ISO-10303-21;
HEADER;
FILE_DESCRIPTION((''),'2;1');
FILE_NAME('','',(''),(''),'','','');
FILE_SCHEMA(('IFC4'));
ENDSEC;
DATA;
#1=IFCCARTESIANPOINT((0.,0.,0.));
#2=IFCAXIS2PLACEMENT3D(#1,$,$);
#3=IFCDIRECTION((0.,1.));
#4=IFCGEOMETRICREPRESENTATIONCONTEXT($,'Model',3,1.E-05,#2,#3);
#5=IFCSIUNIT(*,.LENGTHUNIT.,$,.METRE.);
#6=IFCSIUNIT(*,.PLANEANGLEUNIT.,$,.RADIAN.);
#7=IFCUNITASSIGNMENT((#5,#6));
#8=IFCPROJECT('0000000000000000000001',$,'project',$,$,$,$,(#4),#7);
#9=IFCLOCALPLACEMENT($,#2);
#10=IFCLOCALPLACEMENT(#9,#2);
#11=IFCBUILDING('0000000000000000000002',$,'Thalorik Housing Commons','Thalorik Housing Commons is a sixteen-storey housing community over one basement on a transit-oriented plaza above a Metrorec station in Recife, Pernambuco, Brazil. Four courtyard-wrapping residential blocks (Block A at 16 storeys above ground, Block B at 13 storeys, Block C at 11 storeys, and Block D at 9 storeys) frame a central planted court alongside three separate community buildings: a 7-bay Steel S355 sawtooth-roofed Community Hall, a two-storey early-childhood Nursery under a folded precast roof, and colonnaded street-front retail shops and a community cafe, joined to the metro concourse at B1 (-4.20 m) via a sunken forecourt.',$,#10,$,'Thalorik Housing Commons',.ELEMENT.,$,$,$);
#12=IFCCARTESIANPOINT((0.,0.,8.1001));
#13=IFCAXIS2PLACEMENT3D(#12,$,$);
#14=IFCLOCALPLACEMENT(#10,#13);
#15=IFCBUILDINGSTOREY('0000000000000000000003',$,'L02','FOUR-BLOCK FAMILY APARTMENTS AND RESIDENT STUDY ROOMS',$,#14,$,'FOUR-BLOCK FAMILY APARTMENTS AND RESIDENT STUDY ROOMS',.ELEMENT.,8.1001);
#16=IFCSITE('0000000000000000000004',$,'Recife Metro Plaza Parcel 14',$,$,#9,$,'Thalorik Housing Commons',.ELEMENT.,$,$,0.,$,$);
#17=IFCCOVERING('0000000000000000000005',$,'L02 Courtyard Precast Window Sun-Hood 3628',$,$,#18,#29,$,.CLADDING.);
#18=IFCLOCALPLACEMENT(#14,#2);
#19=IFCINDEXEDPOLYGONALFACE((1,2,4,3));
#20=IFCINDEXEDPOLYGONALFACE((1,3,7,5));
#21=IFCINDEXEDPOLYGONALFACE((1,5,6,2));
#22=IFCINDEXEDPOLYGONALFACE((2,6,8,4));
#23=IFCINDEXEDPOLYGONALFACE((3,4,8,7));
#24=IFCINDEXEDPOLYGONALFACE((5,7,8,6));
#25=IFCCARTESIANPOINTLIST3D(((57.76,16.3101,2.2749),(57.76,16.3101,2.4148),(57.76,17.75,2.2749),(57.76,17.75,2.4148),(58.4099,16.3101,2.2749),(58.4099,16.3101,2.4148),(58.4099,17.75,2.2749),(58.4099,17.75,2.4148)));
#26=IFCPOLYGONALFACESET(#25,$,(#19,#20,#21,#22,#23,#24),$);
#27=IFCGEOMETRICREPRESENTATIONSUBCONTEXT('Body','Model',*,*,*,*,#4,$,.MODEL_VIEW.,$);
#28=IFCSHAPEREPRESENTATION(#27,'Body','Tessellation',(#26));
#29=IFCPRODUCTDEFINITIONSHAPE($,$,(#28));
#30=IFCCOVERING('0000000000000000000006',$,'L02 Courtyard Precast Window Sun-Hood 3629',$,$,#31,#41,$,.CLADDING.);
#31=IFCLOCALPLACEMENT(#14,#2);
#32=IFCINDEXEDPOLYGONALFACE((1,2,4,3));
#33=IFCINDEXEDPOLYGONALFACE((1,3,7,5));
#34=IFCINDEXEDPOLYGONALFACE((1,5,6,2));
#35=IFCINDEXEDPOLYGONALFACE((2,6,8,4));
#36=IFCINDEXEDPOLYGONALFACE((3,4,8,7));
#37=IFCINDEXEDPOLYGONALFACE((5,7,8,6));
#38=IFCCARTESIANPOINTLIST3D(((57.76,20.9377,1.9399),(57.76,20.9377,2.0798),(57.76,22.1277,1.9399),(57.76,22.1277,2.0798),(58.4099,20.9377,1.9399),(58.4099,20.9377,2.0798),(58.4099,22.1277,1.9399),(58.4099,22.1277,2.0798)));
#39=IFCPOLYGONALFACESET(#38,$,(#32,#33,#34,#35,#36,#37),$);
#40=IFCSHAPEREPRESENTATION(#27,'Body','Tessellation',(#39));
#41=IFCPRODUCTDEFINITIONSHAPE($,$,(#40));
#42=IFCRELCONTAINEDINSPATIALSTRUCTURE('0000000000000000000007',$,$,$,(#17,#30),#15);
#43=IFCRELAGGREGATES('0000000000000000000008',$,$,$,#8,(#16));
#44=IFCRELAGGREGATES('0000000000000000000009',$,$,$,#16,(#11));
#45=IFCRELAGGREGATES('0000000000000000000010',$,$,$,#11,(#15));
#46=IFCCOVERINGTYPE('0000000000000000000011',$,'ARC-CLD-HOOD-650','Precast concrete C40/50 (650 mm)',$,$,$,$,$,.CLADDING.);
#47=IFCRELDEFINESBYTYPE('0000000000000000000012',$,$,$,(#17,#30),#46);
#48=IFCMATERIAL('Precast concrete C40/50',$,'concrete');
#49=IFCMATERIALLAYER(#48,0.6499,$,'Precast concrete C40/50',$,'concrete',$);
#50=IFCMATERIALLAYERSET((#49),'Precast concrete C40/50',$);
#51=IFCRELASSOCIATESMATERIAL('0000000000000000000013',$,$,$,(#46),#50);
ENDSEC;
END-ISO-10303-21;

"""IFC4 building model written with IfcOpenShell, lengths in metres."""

from ifc_helpers import new_model, si_unit, direction, frame, origin, origin_2d, place, context, subcontext, project, spatial, rectangle, extrude, material, layer, layer_set, type_object, element, save


model = new_model("IFC4")

# Units and contexts
model_context = context("Model", 3, precision=1e-05, world=origin(), true_north=direction((0.0, 1.0)))
body_context = subcontext(model_context, "Body", "Model", "MODEL_VIEW")
ifc_project = project(units=[si_unit("LENGTHUNIT", "METRE"), si_unit("PLANEANGLEUNIT", "RADIAN")], contexts=[model_context])

# Site, building, storey
site_placement = place(None, origin())
site = spatial("IfcSite", under=ifc_project, at=site_placement, Name="Recife Metro Plaza Parcel 14", LongName="Thalorik Housing Commons", CompositionType="ELEMENT", RefElevation=0.0)
building_placement = place(site_placement, origin())
building = spatial("IfcBuilding", under=site, at=building_placement, Name="Thalorik Housing Commons", Description="Thalorik Housing Commons is a sixteen-storey housing community over one basement on a transit-oriented plaza above a Metrorec station in Recife, Pernambuco, Brazil. Four courtyard-wrapping residential blocks (Block A at 16 storeys above ground, Block B at 13 storeys, Block C at 11 storeys, and Block D at 9 storeys) frame a central planted court alongside three separate community buildings: a 7-bay Steel S355 sawtooth-roofed Community Hall, a two-storey early-childhood Nursery under a folded precast roof, and colonnaded street-front retail shops and a community cafe, joined to the metro concourse at B1 (-4.20 m) via a sunken forecourt.", LongName="Thalorik Housing Commons", CompositionType="ELEMENT")
storey_placement = place(building_placement, frame((0.0, 0.0, 8.1001)))
storey = spatial("IfcBuildingStorey", under=building, at=storey_placement, Name="L02", Description="FOUR-BLOCK FAMILY APARTMENTS AND RESIDENT STUDY ROOMS", LongName="FOUR-BLOCK FAMILY APARTMENTS AND RESIDENT STUDY ROOMS", CompositionType="ELEMENT", Elevation=8.1001)

# Shared definitions
ifc_material_1 = material(Name="Precast concrete C40/50", Category="concrete")

# Coverings
ifc_layer_1 = layer(ifc_material_1, 0.6499, Name="Precast concrete C40/50", Category="concrete")
ifc_layer_set_1 = layer_set([ifc_layer_1], Name="Precast concrete C40/50")
covering_type_1 = type_object("IfcCoveringType", Name="ARC-CLD-HOOD-650", Description="Precast concrete C40/50 (650 mm)", PredefinedType="CLADDING", material=ifc_layer_set_1)
covering_1_placement = place(storey_placement, frame((58.085, 17.03, 2.2749), z_axis=(0.0, 0.0, 1.0), x_axis=(0.0, 1.0, 0.0)))
element("IfcCovering", 1, at=covering_1_placement, inside=storey, type_object=covering_type_1, Name="L02 Courtyard Precast Window Sun-Hood 3628", PredefinedType="CLADDING", context=body_context, shape_type="SweptSolid", body=[
    extrude(rectangle(XDim=1.4399, YDim=0.6499, at=origin_2d()), origin(), (0.0, 0.0, 1.0), 0.1399),
])
covering_2_placement = place(storey_placement, frame((58.085, 21.5327, 1.9399), z_axis=(0.0, 0.0, 1.0), x_axis=(0.0, 1.0, 0.0)))
element("IfcCovering", 2, at=covering_2_placement, inside=storey, type_object=covering_type_1, Name="L02 Courtyard Precast Window Sun-Hood 3629", PredefinedType="CLADDING", context=body_context, shape_type="SweptSolid", body=[
    extrude(rectangle(XDim=1.1899, YDim=0.6499, at=origin_2d()), origin(), (0.0, 0.0, 1.0), 0.1399),
])

save(model, "model.ifc")
